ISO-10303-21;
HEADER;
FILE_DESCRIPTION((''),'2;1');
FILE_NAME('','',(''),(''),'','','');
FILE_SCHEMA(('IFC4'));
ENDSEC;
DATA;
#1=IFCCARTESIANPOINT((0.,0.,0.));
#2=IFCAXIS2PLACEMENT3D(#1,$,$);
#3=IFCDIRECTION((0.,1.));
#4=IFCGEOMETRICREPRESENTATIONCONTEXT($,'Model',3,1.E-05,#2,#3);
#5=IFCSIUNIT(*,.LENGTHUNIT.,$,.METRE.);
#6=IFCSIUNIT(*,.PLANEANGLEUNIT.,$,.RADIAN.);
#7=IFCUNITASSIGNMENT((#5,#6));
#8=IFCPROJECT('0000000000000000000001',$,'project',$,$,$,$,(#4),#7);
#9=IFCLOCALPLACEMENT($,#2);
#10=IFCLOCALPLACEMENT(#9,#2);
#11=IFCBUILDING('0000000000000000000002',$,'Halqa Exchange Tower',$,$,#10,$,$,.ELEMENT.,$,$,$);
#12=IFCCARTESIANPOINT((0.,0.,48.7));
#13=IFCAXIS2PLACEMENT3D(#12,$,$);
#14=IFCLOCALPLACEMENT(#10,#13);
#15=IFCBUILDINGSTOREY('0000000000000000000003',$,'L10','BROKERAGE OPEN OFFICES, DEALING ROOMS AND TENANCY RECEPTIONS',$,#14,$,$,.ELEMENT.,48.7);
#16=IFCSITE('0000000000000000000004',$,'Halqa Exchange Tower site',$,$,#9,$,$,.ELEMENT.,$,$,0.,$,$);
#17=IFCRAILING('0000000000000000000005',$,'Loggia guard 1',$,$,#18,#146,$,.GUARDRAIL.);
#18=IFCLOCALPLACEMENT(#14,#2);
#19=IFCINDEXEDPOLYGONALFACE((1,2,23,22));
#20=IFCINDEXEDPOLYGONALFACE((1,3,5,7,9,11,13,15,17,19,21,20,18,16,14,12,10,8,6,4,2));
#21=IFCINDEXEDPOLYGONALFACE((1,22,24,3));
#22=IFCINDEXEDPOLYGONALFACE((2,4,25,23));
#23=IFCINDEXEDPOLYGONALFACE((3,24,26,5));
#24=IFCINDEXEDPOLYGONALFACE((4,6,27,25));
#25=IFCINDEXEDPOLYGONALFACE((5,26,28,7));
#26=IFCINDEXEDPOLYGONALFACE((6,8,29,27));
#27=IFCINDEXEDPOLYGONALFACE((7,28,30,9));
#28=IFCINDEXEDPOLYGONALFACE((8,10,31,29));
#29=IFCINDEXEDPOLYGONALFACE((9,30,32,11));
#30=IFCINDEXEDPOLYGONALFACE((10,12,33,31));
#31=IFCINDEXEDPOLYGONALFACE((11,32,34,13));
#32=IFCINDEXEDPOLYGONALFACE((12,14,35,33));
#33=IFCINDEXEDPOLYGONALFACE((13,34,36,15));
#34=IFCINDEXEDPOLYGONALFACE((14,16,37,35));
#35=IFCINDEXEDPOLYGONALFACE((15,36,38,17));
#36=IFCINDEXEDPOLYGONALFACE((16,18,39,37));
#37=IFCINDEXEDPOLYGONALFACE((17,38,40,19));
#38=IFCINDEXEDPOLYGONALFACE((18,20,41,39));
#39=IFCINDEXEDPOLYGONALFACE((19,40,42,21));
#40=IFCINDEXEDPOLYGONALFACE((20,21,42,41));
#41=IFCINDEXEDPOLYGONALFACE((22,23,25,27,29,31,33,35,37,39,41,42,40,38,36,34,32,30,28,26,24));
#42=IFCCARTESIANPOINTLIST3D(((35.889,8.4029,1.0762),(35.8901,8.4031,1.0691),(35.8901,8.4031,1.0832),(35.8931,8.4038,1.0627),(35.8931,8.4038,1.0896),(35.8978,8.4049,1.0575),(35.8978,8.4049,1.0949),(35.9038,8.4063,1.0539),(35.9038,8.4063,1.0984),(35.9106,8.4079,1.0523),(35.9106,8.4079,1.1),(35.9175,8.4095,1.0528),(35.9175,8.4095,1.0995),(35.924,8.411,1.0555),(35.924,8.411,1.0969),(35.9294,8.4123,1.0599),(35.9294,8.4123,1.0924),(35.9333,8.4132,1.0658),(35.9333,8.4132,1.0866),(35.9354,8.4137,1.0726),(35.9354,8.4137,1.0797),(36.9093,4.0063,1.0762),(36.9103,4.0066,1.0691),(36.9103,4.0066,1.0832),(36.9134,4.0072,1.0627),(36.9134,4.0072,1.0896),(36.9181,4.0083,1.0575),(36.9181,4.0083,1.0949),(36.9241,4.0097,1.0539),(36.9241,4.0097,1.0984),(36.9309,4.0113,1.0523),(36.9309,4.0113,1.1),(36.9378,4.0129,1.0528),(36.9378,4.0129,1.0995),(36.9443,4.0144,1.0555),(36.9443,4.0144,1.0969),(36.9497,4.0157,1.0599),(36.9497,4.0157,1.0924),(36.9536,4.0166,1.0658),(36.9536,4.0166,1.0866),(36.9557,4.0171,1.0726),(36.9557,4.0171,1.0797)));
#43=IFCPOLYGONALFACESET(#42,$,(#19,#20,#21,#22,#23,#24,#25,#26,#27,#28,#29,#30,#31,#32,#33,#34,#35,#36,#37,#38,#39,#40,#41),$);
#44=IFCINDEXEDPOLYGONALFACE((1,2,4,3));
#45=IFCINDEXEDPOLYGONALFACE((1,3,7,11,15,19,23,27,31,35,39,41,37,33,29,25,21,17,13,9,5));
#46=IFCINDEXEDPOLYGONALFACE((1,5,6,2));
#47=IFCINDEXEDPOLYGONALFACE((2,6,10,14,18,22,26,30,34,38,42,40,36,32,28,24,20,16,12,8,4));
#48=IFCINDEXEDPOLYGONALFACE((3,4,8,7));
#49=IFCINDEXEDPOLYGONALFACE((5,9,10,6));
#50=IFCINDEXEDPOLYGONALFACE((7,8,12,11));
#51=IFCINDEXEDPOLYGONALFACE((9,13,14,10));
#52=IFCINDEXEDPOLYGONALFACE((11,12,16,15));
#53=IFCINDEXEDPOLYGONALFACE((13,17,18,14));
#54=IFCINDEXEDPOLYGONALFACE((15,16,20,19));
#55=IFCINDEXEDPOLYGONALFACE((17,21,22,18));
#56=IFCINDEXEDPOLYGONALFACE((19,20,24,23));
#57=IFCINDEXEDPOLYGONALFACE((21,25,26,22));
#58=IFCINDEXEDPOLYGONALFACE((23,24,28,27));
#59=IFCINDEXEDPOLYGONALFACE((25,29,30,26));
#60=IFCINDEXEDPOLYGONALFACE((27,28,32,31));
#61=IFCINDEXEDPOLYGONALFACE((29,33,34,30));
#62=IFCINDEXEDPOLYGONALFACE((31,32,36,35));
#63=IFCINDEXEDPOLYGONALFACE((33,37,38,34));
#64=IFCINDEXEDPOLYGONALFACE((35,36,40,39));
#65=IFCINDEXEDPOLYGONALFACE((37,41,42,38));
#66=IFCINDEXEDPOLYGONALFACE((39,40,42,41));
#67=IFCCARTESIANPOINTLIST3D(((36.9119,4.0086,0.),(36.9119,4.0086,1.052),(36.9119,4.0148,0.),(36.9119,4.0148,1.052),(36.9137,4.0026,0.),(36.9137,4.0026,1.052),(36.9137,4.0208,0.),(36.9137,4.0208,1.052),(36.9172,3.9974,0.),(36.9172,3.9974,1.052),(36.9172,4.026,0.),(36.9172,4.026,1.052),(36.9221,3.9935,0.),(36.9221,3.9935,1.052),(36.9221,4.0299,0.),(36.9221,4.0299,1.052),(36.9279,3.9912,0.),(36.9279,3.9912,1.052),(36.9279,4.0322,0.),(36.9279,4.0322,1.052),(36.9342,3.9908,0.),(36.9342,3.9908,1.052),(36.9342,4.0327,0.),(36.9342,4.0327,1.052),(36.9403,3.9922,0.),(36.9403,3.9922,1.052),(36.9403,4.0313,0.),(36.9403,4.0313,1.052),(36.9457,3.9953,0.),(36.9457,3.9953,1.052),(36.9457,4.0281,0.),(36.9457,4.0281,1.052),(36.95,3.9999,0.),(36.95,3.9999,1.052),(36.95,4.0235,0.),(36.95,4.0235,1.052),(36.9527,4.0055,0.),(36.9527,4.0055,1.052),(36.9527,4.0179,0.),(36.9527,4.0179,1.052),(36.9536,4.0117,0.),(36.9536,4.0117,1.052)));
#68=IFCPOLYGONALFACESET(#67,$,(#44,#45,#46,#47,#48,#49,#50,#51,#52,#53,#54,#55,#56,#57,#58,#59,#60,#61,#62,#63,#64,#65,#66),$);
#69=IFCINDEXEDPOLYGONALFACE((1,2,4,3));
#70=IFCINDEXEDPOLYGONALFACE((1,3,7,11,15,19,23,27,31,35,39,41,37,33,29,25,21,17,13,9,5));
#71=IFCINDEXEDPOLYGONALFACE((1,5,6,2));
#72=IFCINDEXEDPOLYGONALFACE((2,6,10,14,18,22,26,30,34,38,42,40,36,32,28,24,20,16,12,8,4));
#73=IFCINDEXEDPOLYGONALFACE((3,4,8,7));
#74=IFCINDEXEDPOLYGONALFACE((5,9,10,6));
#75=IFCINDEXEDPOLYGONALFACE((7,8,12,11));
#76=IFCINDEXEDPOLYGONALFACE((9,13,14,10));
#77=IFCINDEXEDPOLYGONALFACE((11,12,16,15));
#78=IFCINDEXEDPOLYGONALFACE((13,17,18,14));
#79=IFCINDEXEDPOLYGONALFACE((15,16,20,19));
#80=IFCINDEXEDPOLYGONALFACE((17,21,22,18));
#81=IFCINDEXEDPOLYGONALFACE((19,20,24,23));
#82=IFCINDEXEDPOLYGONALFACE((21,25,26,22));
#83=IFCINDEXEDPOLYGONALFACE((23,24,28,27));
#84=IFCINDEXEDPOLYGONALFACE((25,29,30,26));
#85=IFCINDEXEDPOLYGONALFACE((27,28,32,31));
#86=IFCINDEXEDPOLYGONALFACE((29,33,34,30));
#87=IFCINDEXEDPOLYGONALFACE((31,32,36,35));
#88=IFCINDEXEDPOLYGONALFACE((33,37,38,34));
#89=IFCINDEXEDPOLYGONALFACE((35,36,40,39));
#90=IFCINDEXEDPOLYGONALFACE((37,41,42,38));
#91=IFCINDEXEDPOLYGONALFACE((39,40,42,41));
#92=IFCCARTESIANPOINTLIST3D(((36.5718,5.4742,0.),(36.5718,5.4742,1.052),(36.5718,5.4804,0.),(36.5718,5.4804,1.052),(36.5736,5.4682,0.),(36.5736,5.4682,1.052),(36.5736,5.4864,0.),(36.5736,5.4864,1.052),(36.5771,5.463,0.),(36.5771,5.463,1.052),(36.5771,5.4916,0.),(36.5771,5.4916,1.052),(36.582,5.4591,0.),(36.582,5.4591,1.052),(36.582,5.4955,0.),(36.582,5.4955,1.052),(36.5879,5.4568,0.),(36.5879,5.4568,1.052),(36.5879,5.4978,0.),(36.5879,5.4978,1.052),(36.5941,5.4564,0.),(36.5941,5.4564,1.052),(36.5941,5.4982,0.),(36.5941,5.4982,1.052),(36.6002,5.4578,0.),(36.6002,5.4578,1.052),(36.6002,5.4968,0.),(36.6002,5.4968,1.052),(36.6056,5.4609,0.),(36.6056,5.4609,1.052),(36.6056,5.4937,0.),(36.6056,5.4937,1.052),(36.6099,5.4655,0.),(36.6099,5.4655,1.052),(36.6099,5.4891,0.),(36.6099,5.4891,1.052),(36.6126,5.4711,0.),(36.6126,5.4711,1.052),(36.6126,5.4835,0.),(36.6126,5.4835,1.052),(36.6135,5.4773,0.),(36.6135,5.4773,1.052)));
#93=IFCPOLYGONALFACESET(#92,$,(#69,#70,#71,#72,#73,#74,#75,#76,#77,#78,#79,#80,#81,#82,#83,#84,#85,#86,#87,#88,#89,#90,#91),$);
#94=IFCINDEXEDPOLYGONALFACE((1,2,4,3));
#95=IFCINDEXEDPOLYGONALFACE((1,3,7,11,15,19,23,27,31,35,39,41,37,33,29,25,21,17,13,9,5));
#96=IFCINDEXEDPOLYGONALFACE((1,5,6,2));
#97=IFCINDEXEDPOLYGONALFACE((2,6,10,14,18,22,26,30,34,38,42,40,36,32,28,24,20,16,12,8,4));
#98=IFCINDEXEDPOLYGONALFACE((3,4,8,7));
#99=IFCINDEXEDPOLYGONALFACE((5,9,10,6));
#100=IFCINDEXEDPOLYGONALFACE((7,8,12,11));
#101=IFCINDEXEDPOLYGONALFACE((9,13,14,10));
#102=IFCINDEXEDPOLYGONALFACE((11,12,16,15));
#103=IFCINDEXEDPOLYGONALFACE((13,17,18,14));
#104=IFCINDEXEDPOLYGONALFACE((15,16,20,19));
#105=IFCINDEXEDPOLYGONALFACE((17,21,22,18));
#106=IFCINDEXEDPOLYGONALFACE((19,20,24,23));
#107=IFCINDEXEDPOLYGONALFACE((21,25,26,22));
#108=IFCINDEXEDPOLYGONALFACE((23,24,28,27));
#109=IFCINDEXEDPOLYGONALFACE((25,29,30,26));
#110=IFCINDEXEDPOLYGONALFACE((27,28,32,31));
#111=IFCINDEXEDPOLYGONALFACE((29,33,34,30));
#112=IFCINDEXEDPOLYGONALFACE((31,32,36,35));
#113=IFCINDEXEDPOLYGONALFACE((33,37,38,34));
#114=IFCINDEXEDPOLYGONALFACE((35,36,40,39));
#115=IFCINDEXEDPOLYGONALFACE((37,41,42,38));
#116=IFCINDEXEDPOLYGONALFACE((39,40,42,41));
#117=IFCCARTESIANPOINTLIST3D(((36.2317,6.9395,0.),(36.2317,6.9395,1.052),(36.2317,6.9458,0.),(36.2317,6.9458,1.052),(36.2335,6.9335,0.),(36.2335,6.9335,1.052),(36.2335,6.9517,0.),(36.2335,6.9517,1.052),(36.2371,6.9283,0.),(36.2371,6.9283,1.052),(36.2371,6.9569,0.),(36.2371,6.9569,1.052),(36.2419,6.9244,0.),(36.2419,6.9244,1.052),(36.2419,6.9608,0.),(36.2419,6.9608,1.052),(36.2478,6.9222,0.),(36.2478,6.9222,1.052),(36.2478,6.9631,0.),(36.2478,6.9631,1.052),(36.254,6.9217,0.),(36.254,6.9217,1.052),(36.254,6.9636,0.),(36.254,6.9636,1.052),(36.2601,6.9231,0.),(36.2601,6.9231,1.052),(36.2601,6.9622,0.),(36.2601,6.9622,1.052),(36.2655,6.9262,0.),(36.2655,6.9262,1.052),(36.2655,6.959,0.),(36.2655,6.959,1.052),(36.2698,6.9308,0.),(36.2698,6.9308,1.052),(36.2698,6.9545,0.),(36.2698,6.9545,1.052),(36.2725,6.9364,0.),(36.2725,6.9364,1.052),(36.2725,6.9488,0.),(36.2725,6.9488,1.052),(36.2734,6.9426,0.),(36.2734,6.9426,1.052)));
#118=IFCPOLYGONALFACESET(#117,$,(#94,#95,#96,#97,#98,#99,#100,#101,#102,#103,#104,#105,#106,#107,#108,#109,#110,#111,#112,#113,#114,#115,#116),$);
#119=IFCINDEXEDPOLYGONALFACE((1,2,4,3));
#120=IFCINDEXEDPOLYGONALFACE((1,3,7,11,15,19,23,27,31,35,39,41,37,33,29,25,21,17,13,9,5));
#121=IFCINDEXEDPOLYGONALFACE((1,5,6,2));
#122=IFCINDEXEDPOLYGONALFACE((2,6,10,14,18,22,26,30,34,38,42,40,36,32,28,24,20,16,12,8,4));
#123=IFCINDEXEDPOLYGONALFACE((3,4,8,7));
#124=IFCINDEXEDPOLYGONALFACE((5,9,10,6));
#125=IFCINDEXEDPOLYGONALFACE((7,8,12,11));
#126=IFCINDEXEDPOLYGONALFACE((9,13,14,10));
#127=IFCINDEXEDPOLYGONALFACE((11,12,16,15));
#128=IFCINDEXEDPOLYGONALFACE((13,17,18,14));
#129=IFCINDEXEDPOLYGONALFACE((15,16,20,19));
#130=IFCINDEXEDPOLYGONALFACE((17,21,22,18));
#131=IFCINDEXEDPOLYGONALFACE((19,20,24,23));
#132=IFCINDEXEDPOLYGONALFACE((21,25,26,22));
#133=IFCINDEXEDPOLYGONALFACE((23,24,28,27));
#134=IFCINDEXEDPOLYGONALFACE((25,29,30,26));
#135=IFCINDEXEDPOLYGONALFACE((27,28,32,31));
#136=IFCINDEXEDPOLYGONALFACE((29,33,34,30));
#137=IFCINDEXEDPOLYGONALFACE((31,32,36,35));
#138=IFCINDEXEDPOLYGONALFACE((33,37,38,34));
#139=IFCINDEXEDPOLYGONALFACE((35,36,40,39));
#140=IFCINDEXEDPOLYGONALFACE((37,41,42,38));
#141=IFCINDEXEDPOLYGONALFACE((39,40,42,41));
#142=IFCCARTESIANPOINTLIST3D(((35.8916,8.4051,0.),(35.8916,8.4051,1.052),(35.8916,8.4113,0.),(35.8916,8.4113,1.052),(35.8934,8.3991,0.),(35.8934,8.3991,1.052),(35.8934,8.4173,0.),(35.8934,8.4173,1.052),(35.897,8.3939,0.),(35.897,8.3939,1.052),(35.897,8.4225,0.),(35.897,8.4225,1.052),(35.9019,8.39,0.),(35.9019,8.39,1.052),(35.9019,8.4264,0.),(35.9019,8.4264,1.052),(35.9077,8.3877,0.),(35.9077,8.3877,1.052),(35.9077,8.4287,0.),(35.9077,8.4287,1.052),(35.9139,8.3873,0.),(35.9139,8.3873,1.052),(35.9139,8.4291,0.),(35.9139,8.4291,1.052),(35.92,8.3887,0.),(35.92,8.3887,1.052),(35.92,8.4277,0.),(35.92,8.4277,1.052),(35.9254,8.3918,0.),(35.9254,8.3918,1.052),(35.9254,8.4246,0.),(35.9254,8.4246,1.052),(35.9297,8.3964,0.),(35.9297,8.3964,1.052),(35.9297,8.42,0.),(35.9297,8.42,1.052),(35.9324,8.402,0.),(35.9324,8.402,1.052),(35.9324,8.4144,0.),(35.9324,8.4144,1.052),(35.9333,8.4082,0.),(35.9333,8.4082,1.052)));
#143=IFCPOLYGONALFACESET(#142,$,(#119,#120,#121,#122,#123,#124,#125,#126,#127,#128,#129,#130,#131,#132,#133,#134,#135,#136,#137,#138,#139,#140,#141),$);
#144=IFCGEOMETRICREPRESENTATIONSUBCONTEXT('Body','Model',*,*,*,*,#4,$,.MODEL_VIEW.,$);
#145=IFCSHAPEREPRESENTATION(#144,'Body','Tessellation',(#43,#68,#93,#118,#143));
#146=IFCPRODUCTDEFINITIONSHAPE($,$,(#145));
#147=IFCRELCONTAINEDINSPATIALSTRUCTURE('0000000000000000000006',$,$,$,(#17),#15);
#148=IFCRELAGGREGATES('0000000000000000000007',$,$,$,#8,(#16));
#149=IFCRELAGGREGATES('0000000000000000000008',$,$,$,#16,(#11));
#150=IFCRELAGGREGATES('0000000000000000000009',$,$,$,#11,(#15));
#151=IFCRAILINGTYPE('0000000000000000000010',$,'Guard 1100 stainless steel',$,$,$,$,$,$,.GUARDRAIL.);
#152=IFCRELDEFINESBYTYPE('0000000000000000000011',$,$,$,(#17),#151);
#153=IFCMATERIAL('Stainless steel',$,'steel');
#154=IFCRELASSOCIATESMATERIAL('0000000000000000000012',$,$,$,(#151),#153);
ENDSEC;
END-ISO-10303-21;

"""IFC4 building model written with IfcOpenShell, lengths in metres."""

from ifc_helpers import new_model, si_unit, direction, frame, origin, origin_2d, place, context, subcontext, project, spatial, circle, extrude, material, type_object, element, save


model = new_model("IFC4")

# Units and contexts
model_context = context("Model", 3, precision=1e-05, world=origin(), true_north=direction((0.0, 1.0)))
body_context = subcontext(model_context, "Body", "Model", "MODEL_VIEW")
ifc_project = project(units=[si_unit("LENGTHUNIT", "METRE"), si_unit("PLANEANGLEUNIT", "RADIAN")], contexts=[model_context])

# Site, building, storey
site_placement = place(None, origin())
site = spatial("IfcSite", under=ifc_project, at=site_placement, Name="Halqa Exchange Tower site", CompositionType="ELEMENT", RefElevation=0.0)
building_placement = place(site_placement, origin())
building = spatial("IfcBuilding", under=site, at=building_placement, Name="Halqa Exchange Tower", CompositionType="ELEMENT")
storey_placement = place(building_placement, frame((0.0, 0.0, 48.7)))
storey = spatial("IfcBuildingStorey", under=building, at=storey_placement, Name="L10", Description="BROKERAGE OPEN OFFICES, DEALING ROOMS AND TENANCY RECEPTIONS", CompositionType="ELEMENT", Elevation=48.7)

# Railing
ifc_material_1 = material(Name="Stainless steel", Category="steel")
railing_type = type_object("IfcRailingType", Name="Guard 1100 stainless steel", PredefinedType="GUARDRAIL", material=ifc_material_1)
railing_1_placement = place(storey_placement, frame((36.9326, 4.0117, 0.0)))
element("IfcRailing", 1, at=railing_1_placement, inside=storey, type_object=railing_type, Name="Loggia guard 1", PredefinedType="GUARDRAIL", context=body_context, shape_type="SweptSolid", body=[
    extrude(circle(Radius=0.0239, at=origin_2d()), frame((0.0, 0.0, 1.0762), z_axis=(-0.226056, 0.974114, 0.0), x_axis=(-0.974114, -0.226056, 0.0)), (0.0, 0.0, 1.0), 4.5134),
    extrude(circle(Radius=0.021, at=origin_2d()), origin(), (0.0, 0.0, 1.0), 1.052),
    extrude(circle(Radius=0.021, at=origin_2d()), frame((-0.3401, 1.4656, 0.0)), (0.0, 0.0, 1.0), 1.052),
    extrude(circle(Radius=0.021, at=origin_2d()), frame((-0.6802, 2.9309, 0.0)), (0.0, 0.0, 1.0), 1.052),
    extrude(circle(Radius=0.021, at=origin_2d()), frame((-1.0203, 4.3965, 0.0)), (0.0, 0.0, 1.0), 1.052),
])

save(model, "model.ifc")
